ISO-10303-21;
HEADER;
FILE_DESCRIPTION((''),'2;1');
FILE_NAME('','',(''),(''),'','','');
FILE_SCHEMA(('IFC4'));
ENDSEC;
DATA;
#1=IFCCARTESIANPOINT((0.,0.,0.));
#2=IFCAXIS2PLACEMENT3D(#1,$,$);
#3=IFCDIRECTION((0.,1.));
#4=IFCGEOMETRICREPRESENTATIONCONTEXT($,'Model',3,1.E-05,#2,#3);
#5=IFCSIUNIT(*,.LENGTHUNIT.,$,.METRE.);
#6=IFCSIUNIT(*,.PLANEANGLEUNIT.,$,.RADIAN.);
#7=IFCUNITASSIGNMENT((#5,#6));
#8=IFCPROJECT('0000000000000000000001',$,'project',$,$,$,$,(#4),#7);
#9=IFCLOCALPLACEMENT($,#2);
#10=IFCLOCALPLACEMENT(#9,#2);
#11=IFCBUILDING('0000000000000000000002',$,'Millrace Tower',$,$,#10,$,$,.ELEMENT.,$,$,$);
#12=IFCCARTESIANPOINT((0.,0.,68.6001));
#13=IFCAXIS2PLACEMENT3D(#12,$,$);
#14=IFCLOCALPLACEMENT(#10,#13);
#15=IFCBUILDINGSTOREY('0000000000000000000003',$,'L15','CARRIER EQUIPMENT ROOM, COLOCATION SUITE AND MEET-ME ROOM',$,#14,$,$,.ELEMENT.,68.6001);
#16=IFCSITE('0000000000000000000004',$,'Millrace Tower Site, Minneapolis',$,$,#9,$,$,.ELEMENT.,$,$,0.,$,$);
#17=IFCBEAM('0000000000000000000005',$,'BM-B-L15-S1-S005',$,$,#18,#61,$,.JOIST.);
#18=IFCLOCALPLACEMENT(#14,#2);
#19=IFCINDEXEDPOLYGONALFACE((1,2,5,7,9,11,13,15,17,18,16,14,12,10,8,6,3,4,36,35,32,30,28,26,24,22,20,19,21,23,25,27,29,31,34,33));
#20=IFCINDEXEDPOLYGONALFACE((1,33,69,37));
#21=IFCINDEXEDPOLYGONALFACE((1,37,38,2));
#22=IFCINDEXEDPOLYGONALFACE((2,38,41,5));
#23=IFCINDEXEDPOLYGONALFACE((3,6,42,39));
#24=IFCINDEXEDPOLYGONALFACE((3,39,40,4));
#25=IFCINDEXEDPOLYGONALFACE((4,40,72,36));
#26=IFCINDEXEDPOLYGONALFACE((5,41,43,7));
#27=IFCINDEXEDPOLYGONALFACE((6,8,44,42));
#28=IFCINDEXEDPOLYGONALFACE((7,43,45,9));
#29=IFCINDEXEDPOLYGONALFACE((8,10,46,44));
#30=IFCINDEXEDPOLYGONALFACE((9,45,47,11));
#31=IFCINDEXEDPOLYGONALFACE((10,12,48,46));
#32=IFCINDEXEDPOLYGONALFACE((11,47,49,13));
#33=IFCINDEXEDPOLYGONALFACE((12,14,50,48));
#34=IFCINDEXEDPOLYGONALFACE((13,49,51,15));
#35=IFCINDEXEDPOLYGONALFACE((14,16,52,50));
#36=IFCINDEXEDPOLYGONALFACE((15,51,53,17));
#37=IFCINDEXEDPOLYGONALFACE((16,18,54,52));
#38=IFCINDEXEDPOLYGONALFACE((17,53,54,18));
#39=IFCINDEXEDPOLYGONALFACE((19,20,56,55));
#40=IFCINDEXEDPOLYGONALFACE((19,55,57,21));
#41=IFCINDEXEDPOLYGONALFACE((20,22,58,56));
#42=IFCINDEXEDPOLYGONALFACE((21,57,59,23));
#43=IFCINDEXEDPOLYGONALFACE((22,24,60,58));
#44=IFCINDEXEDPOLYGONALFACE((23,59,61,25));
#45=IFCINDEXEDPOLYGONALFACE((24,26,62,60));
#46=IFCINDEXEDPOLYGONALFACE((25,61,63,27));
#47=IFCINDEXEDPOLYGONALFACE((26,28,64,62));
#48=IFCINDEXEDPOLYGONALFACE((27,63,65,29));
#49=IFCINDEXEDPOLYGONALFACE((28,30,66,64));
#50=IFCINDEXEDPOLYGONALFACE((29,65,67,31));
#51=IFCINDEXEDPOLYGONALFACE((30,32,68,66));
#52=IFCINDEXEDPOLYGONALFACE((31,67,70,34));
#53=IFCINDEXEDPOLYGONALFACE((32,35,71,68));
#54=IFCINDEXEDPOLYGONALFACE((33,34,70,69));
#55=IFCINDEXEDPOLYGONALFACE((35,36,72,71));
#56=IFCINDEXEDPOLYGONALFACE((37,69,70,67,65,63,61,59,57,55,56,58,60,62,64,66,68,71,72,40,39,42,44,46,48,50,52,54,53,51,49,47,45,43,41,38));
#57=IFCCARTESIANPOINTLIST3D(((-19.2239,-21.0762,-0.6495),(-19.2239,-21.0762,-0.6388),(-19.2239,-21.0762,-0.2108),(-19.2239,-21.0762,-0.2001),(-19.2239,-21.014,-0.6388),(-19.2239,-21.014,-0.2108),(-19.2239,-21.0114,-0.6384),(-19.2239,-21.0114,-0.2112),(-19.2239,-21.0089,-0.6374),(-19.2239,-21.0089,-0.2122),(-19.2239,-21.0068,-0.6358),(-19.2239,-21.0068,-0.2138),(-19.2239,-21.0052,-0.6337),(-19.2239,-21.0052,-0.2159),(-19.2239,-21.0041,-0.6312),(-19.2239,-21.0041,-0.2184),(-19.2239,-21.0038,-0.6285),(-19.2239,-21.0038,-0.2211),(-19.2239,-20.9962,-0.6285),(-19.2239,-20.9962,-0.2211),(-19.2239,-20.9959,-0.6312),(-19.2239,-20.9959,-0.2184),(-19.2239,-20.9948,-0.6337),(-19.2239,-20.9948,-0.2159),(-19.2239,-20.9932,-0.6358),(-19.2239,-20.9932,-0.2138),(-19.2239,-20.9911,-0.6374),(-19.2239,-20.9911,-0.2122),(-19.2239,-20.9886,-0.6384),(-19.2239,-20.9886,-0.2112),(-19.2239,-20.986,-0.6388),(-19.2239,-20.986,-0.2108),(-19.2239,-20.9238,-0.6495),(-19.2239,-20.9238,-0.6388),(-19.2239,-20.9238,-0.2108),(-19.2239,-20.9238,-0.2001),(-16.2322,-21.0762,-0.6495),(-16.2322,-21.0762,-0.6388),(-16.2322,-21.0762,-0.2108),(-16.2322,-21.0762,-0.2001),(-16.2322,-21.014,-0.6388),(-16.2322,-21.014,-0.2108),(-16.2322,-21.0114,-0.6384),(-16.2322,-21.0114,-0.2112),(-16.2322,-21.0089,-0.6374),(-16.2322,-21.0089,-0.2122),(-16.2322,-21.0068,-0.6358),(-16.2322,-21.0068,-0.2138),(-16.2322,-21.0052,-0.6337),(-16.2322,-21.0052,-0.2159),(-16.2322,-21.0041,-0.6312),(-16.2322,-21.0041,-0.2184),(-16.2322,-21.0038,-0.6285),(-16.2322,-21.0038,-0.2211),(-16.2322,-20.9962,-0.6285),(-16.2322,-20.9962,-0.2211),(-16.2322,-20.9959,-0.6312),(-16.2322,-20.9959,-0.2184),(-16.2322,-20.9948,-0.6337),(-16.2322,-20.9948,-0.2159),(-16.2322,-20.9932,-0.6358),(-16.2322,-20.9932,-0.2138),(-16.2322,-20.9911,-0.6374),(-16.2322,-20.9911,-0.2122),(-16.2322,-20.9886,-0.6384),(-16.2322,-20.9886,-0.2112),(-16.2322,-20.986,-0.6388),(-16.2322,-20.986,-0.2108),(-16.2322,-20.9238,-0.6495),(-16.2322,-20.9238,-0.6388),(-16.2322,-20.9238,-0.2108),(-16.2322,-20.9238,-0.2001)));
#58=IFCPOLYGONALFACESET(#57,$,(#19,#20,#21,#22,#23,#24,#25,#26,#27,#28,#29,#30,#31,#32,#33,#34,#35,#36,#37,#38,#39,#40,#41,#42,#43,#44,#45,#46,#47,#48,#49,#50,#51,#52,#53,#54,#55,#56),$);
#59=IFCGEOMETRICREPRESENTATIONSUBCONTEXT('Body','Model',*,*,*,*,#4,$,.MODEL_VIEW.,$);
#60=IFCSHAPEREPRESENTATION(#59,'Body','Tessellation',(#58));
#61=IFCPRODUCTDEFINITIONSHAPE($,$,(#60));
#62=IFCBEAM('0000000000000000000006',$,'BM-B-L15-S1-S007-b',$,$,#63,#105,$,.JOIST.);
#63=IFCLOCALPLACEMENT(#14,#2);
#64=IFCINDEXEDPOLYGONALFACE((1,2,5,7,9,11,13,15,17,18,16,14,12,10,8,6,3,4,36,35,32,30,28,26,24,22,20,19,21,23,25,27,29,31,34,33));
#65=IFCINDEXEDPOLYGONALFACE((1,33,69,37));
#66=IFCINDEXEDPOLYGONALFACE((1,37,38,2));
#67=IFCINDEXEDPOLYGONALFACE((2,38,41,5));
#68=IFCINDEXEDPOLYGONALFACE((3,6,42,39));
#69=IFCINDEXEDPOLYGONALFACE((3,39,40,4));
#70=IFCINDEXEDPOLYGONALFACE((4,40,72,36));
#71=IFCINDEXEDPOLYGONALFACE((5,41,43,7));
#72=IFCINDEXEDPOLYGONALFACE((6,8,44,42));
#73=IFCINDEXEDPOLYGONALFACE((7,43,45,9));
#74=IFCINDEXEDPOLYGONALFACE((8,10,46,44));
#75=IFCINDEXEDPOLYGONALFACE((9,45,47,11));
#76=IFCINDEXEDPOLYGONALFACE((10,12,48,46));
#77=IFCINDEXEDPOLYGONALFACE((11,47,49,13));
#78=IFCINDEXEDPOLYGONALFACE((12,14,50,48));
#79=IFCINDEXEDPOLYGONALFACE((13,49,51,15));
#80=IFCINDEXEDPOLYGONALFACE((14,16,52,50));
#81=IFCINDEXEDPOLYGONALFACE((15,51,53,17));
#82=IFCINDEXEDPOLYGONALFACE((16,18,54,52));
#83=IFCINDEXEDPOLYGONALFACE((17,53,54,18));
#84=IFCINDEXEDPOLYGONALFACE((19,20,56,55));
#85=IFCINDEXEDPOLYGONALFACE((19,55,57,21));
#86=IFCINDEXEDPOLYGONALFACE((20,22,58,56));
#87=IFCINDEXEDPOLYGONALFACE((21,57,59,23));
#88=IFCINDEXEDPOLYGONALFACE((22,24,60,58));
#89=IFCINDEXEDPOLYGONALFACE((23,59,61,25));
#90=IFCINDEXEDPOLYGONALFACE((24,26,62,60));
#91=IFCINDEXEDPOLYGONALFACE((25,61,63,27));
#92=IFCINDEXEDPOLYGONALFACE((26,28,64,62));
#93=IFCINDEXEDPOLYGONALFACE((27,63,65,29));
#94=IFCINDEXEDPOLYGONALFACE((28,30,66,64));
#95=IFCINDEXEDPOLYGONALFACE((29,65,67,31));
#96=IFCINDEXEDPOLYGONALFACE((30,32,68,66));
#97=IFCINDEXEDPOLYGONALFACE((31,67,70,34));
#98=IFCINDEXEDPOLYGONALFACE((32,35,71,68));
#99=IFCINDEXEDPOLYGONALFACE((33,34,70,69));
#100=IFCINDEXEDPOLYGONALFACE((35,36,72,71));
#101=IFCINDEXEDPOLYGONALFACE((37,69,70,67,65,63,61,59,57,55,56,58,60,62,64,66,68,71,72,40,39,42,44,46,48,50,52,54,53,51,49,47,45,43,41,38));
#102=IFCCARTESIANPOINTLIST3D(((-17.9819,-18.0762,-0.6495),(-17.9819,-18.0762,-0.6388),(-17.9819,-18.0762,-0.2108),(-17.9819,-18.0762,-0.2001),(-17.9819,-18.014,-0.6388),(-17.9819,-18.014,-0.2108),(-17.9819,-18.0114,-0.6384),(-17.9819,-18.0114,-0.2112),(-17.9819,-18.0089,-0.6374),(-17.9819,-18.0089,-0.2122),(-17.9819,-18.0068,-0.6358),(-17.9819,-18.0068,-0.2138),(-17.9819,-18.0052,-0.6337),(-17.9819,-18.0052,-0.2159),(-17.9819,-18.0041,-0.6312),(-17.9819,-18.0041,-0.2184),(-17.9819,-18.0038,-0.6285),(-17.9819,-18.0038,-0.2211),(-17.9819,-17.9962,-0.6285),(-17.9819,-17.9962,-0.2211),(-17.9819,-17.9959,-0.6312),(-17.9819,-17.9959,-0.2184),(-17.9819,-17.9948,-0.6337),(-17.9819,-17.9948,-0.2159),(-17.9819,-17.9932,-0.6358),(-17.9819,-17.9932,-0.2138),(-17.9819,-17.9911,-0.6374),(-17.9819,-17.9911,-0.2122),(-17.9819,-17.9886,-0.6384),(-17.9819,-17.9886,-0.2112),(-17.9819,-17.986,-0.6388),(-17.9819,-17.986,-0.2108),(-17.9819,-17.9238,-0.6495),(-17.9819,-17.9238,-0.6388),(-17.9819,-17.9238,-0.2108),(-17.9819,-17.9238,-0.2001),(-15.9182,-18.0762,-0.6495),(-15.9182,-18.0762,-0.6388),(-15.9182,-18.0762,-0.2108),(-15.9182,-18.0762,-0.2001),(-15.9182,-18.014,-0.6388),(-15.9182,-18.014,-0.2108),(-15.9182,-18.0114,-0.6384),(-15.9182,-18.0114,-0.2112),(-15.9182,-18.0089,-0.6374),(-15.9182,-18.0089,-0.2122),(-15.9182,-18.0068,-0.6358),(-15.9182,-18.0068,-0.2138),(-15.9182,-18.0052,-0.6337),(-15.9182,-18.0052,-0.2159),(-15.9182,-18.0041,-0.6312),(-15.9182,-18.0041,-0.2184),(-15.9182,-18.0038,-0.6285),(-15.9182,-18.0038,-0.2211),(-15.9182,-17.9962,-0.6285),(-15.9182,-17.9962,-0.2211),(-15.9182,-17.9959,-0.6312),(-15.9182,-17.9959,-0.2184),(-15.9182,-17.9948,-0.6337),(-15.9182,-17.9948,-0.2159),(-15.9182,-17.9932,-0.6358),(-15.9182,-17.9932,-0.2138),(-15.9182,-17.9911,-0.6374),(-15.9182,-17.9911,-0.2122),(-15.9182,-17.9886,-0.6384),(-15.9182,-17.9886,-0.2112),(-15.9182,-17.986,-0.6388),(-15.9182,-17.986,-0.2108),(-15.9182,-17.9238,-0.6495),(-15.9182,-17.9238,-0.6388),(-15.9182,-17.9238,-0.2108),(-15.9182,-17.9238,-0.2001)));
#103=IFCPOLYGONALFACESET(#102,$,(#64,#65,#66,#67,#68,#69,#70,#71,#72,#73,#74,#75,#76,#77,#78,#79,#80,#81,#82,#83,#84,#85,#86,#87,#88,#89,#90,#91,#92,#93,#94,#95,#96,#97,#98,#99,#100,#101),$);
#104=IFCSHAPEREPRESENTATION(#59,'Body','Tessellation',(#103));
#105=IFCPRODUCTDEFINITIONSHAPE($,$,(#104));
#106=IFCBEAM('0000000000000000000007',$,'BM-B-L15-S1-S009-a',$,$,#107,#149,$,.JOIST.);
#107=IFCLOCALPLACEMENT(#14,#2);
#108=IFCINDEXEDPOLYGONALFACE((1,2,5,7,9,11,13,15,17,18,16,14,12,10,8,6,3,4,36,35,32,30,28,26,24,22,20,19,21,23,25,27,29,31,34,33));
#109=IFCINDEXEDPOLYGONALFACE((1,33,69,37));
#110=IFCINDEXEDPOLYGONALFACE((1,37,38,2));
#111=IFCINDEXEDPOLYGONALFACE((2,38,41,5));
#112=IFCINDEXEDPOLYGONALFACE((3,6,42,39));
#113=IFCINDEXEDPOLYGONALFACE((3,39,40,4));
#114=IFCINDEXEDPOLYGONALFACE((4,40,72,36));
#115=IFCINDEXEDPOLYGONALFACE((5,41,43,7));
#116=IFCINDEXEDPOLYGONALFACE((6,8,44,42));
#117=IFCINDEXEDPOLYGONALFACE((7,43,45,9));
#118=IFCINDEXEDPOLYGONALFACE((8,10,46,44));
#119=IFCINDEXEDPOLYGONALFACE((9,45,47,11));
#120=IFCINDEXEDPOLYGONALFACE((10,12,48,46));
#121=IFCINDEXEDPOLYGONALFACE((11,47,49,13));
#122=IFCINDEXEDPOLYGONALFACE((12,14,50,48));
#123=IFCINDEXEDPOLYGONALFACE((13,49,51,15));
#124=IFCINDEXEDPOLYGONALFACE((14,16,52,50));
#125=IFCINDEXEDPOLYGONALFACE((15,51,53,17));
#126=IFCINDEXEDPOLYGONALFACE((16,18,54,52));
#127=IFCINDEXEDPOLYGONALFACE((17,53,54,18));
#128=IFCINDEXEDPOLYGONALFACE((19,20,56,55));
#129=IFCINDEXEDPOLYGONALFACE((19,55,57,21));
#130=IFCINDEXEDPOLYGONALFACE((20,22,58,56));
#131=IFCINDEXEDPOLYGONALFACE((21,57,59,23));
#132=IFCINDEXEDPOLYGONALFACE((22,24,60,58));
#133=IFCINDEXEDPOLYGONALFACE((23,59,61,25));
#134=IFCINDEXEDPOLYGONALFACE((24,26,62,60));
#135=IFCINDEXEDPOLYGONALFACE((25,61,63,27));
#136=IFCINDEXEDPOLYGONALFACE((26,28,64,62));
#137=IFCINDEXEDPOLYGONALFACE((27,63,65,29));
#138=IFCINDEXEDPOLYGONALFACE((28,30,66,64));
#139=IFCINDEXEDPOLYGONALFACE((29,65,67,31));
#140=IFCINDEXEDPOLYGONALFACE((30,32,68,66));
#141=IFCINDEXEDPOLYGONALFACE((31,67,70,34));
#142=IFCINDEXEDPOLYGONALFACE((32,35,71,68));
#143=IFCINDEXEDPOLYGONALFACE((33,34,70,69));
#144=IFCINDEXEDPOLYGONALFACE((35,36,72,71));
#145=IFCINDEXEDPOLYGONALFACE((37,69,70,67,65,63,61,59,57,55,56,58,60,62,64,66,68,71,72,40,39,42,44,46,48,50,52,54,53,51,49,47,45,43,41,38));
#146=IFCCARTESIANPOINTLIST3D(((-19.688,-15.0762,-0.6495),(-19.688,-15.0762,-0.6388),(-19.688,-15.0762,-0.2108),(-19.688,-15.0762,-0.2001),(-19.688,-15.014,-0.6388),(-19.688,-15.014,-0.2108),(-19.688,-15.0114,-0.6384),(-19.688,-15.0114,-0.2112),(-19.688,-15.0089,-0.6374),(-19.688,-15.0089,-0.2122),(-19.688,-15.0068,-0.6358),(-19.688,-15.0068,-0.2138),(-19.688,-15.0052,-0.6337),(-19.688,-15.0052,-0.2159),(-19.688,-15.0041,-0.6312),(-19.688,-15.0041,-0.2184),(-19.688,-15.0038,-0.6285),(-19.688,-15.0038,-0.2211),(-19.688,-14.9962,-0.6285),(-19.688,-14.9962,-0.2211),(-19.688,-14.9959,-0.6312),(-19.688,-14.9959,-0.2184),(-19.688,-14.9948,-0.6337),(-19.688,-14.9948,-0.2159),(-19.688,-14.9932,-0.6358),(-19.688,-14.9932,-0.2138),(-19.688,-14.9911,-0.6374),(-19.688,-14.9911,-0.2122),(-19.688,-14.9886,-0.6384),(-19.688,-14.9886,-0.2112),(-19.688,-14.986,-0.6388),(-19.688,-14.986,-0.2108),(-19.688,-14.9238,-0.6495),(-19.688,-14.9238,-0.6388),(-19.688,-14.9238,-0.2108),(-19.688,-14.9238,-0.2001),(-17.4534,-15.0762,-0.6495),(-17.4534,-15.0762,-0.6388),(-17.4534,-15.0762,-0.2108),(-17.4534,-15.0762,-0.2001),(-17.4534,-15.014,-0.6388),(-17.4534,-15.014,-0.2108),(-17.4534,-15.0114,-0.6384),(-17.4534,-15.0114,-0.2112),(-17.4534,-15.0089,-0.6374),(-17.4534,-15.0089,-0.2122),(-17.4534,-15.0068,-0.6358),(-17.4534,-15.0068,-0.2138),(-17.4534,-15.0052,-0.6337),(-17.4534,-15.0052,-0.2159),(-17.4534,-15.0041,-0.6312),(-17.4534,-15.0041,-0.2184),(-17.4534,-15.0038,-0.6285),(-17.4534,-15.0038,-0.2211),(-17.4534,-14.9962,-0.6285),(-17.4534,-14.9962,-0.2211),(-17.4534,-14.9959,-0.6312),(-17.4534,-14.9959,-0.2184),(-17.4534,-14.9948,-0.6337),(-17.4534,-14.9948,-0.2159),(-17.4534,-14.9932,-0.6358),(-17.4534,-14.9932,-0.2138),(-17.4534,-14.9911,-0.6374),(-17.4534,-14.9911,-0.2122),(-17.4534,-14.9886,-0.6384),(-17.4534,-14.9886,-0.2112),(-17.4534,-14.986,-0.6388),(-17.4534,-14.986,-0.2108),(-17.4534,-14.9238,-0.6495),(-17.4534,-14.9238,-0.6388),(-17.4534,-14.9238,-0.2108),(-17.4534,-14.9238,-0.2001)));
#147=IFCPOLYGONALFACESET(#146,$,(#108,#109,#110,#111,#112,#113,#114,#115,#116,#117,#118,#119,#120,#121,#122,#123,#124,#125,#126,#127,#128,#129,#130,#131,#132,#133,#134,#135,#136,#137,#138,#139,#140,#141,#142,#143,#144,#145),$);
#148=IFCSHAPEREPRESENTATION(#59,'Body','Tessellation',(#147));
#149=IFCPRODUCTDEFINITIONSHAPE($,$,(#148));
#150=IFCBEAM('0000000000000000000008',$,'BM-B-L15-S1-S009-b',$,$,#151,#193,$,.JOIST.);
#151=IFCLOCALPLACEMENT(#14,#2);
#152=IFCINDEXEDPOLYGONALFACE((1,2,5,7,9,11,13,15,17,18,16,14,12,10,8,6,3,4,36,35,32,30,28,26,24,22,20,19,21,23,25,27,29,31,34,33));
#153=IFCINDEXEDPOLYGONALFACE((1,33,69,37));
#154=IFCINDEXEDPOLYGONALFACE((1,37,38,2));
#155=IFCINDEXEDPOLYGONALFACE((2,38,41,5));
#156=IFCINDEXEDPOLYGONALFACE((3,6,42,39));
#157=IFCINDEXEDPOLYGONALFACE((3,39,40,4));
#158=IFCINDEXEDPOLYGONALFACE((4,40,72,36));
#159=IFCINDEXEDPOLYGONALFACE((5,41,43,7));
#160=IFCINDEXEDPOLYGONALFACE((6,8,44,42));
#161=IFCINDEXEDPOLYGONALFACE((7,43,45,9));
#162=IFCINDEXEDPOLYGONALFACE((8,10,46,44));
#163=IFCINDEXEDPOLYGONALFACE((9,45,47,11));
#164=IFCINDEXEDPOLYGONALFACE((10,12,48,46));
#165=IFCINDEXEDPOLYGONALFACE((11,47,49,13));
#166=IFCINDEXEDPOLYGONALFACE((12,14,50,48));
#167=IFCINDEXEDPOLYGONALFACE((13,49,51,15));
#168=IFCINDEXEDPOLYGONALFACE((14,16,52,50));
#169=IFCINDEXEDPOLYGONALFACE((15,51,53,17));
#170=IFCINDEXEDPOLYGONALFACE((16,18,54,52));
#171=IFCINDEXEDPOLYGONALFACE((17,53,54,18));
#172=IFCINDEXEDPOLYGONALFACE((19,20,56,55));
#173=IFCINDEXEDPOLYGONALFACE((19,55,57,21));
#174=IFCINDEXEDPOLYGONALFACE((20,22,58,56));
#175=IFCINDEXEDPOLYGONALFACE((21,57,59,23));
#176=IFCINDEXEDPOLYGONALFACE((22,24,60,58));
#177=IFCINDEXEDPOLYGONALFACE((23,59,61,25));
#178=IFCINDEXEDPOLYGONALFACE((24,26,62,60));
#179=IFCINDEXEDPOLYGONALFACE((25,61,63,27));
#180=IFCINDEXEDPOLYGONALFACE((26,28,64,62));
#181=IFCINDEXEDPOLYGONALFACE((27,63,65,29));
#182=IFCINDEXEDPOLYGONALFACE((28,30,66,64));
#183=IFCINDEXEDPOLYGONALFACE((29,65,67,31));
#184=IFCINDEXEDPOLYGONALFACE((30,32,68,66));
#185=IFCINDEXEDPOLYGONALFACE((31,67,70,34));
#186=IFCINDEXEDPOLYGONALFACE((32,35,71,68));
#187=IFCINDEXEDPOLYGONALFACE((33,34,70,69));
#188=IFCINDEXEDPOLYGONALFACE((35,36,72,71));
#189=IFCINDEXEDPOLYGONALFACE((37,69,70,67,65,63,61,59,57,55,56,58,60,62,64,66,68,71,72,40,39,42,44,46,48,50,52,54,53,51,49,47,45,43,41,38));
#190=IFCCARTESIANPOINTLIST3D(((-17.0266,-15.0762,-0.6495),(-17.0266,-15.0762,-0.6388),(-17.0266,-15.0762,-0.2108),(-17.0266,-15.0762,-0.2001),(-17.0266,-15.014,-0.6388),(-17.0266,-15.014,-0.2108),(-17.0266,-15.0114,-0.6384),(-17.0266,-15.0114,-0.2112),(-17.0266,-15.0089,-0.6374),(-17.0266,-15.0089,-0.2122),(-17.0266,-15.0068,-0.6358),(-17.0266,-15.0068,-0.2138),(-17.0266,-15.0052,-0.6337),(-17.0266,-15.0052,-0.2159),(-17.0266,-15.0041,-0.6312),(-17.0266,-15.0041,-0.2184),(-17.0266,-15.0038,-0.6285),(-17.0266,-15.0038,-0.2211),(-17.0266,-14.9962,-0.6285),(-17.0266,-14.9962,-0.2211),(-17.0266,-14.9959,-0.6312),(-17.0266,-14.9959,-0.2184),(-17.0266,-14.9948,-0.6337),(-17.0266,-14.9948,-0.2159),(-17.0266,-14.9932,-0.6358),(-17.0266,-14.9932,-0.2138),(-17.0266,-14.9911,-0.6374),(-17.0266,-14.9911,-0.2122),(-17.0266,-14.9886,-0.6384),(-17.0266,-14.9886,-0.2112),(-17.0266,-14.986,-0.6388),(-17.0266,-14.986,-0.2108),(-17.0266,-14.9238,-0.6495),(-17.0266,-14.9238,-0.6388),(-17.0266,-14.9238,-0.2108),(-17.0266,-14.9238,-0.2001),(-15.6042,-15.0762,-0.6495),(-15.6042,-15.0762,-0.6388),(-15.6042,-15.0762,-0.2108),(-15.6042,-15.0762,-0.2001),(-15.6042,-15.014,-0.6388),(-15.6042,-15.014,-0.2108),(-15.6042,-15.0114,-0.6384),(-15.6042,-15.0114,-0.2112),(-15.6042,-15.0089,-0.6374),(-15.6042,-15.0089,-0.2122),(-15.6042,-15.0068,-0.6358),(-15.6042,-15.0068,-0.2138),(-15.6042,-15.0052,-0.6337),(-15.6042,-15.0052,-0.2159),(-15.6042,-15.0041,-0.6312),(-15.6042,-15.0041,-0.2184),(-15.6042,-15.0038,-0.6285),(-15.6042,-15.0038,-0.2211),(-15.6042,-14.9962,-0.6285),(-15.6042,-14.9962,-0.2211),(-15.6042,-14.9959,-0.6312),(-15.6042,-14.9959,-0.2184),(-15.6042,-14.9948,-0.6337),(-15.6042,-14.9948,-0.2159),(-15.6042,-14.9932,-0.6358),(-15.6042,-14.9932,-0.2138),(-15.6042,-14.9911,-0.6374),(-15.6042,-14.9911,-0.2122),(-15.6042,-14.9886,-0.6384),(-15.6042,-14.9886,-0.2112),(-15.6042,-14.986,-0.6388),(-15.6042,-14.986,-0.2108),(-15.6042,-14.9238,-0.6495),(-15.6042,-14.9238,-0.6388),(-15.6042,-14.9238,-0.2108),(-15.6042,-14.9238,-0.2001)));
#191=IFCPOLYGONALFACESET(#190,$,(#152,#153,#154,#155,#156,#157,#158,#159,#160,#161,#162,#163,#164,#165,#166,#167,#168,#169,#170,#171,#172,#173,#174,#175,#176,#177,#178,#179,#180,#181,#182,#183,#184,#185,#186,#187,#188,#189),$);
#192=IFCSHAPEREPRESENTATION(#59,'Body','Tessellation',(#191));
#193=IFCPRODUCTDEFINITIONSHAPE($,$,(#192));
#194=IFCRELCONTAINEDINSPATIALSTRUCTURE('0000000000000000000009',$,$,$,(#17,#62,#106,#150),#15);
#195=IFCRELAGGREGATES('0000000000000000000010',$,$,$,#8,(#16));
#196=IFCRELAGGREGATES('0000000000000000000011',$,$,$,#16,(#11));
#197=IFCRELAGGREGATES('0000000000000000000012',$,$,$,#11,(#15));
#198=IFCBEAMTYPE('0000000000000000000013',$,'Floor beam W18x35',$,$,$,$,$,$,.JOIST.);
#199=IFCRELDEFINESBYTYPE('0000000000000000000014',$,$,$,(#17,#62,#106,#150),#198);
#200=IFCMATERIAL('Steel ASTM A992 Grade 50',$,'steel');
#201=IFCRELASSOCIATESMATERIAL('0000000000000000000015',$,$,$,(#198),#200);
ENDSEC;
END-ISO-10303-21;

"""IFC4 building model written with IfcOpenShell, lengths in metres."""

from ifc_helpers import new_model, si_unit, direction, frame, origin, origin_2d, place, context, subcontext, project, spatial, i_section, extrude, material, material_profile, profile_set, type_object, element, save


model = new_model("IFC4")

# Units and contexts
model_context = context("Model", 3, precision=1e-05, world=origin(), true_north=direction((0.0, 1.0)))
body_context = subcontext(model_context, "Body", "Model", "MODEL_VIEW")
ifc_project = project(units=[si_unit("LENGTHUNIT", "METRE"), si_unit("PLANEANGLEUNIT", "RADIAN")], contexts=[model_context])

# Site, building, storey
site_placement = place(None, origin())
site = spatial("IfcSite", under=ifc_project, at=site_placement, Name="Millrace Tower Site, Minneapolis", CompositionType="ELEMENT", RefElevation=0.0)
building_placement = place(site_placement, origin())
building = spatial("IfcBuilding", under=site, at=building_placement, Name="Millrace Tower", CompositionType="ELEMENT")
storey_placement = place(building_placement, frame((0.0, 0.0, 68.6001)))
storey = spatial("IfcBuildingStorey", under=building, at=storey_placement, Name="L15", Description="CARRIER EQUIPMENT ROOM, COLOCATION SUITE AND MEET-ME ROOM", CompositionType="ELEMENT", Elevation=68.6001)

# Beams
ifc_material_1 = material(Name="Steel ASTM A992 Grade 50", Category="steel")
ifc_material_profile_1 = material_profile(ifc_material_1, i_section(OverallWidth=0.1523, OverallDepth=0.4495, WebThickness=0.0076, FlangeThickness=0.0107, FilletRadius=0.0103, at=origin_2d()))
ifc_profile_set_1 = profile_set([ifc_material_profile_1], Name="Steel ASTM A992 Grade 50")
beam_type_1 = type_object("IfcBeamType", Name="Floor beam W18x35", PredefinedType="JOIST", material=ifc_profile_set_1)
beam_1_placement = place(storey_placement, frame((-19.2239, -21.0, -0.4248), z_axis=(1.0, 0.0, 0.0), x_axis=(0.0, 1.0, 0.0)))
element("IfcBeam", 1, at=beam_1_placement, inside=storey, type_object=beam_type_1, Name="BM-B-L15-S1-S005", PredefinedType="JOIST", context=body_context, shape_type="SweptSolid", body=[
    extrude(i_section(OverallWidth=0.1523, OverallDepth=0.4495, WebThickness=0.0076, FlangeThickness=0.0107, FilletRadius=0.0103, at=origin_2d()), origin(), (0.0, 0.0, 1.0), 2.9917),
])
beam_2_placement = place(storey_placement, frame((-17.9819, -18.0, -0.4248), z_axis=(1.0, 0.0, 0.0), x_axis=(0.0, 1.0, 0.0)))
element("IfcBeam", 2, at=beam_2_placement, inside=storey, type_object=beam_type_1, Name="BM-B-L15-S1-S007-b", PredefinedType="JOIST", context=body_context, shape_type="SweptSolid", body=[
    extrude(i_section(OverallWidth=0.1523, OverallDepth=0.4495, WebThickness=0.0076, FlangeThickness=0.0107, FilletRadius=0.0103, at=origin_2d()), origin(), (0.0, 0.0, 1.0), 2.0637),
])
beam_3_placement = place(storey_placement, frame((-19.688, -15.0, -0.4248), z_axis=(1.0, 0.0, 0.0), x_axis=(0.0, 1.0, 0.0)))
element("IfcBeam", 3, at=beam_3_placement, inside=storey, type_object=beam_type_1, Name="BM-B-L15-S1-S009-a", PredefinedType="JOIST", context=body_context, shape_type="SweptSolid", body=[
    extrude(i_section(OverallWidth=0.1523, OverallDepth=0.4495, WebThickness=0.0076, FlangeThickness=0.0107, FilletRadius=0.0103, at=origin_2d()), origin(), (0.0, 0.0, 1.0), 2.2346),
])
beam_4_placement = place(storey_placement, frame((-17.0266, -15.0, -0.4248), z_axis=(1.0, 0.0, 0.0), x_axis=(0.0, 1.0, 0.0)))
element("IfcBeam", 4, at=beam_4_placement, inside=storey, type_object=beam_type_1, Name="BM-B-L15-S1-S009-b", PredefinedType="JOIST", context=body_context, shape_type="SweptSolid", body=[
    extrude(i_section(OverallWidth=0.1523, OverallDepth=0.4495, WebThickness=0.0076, FlangeThickness=0.0107, FilletRadius=0.0103, at=origin_2d()), origin(), (0.0, 0.0, 1.0), 1.4224),
])

save(model, "model.ifc")
